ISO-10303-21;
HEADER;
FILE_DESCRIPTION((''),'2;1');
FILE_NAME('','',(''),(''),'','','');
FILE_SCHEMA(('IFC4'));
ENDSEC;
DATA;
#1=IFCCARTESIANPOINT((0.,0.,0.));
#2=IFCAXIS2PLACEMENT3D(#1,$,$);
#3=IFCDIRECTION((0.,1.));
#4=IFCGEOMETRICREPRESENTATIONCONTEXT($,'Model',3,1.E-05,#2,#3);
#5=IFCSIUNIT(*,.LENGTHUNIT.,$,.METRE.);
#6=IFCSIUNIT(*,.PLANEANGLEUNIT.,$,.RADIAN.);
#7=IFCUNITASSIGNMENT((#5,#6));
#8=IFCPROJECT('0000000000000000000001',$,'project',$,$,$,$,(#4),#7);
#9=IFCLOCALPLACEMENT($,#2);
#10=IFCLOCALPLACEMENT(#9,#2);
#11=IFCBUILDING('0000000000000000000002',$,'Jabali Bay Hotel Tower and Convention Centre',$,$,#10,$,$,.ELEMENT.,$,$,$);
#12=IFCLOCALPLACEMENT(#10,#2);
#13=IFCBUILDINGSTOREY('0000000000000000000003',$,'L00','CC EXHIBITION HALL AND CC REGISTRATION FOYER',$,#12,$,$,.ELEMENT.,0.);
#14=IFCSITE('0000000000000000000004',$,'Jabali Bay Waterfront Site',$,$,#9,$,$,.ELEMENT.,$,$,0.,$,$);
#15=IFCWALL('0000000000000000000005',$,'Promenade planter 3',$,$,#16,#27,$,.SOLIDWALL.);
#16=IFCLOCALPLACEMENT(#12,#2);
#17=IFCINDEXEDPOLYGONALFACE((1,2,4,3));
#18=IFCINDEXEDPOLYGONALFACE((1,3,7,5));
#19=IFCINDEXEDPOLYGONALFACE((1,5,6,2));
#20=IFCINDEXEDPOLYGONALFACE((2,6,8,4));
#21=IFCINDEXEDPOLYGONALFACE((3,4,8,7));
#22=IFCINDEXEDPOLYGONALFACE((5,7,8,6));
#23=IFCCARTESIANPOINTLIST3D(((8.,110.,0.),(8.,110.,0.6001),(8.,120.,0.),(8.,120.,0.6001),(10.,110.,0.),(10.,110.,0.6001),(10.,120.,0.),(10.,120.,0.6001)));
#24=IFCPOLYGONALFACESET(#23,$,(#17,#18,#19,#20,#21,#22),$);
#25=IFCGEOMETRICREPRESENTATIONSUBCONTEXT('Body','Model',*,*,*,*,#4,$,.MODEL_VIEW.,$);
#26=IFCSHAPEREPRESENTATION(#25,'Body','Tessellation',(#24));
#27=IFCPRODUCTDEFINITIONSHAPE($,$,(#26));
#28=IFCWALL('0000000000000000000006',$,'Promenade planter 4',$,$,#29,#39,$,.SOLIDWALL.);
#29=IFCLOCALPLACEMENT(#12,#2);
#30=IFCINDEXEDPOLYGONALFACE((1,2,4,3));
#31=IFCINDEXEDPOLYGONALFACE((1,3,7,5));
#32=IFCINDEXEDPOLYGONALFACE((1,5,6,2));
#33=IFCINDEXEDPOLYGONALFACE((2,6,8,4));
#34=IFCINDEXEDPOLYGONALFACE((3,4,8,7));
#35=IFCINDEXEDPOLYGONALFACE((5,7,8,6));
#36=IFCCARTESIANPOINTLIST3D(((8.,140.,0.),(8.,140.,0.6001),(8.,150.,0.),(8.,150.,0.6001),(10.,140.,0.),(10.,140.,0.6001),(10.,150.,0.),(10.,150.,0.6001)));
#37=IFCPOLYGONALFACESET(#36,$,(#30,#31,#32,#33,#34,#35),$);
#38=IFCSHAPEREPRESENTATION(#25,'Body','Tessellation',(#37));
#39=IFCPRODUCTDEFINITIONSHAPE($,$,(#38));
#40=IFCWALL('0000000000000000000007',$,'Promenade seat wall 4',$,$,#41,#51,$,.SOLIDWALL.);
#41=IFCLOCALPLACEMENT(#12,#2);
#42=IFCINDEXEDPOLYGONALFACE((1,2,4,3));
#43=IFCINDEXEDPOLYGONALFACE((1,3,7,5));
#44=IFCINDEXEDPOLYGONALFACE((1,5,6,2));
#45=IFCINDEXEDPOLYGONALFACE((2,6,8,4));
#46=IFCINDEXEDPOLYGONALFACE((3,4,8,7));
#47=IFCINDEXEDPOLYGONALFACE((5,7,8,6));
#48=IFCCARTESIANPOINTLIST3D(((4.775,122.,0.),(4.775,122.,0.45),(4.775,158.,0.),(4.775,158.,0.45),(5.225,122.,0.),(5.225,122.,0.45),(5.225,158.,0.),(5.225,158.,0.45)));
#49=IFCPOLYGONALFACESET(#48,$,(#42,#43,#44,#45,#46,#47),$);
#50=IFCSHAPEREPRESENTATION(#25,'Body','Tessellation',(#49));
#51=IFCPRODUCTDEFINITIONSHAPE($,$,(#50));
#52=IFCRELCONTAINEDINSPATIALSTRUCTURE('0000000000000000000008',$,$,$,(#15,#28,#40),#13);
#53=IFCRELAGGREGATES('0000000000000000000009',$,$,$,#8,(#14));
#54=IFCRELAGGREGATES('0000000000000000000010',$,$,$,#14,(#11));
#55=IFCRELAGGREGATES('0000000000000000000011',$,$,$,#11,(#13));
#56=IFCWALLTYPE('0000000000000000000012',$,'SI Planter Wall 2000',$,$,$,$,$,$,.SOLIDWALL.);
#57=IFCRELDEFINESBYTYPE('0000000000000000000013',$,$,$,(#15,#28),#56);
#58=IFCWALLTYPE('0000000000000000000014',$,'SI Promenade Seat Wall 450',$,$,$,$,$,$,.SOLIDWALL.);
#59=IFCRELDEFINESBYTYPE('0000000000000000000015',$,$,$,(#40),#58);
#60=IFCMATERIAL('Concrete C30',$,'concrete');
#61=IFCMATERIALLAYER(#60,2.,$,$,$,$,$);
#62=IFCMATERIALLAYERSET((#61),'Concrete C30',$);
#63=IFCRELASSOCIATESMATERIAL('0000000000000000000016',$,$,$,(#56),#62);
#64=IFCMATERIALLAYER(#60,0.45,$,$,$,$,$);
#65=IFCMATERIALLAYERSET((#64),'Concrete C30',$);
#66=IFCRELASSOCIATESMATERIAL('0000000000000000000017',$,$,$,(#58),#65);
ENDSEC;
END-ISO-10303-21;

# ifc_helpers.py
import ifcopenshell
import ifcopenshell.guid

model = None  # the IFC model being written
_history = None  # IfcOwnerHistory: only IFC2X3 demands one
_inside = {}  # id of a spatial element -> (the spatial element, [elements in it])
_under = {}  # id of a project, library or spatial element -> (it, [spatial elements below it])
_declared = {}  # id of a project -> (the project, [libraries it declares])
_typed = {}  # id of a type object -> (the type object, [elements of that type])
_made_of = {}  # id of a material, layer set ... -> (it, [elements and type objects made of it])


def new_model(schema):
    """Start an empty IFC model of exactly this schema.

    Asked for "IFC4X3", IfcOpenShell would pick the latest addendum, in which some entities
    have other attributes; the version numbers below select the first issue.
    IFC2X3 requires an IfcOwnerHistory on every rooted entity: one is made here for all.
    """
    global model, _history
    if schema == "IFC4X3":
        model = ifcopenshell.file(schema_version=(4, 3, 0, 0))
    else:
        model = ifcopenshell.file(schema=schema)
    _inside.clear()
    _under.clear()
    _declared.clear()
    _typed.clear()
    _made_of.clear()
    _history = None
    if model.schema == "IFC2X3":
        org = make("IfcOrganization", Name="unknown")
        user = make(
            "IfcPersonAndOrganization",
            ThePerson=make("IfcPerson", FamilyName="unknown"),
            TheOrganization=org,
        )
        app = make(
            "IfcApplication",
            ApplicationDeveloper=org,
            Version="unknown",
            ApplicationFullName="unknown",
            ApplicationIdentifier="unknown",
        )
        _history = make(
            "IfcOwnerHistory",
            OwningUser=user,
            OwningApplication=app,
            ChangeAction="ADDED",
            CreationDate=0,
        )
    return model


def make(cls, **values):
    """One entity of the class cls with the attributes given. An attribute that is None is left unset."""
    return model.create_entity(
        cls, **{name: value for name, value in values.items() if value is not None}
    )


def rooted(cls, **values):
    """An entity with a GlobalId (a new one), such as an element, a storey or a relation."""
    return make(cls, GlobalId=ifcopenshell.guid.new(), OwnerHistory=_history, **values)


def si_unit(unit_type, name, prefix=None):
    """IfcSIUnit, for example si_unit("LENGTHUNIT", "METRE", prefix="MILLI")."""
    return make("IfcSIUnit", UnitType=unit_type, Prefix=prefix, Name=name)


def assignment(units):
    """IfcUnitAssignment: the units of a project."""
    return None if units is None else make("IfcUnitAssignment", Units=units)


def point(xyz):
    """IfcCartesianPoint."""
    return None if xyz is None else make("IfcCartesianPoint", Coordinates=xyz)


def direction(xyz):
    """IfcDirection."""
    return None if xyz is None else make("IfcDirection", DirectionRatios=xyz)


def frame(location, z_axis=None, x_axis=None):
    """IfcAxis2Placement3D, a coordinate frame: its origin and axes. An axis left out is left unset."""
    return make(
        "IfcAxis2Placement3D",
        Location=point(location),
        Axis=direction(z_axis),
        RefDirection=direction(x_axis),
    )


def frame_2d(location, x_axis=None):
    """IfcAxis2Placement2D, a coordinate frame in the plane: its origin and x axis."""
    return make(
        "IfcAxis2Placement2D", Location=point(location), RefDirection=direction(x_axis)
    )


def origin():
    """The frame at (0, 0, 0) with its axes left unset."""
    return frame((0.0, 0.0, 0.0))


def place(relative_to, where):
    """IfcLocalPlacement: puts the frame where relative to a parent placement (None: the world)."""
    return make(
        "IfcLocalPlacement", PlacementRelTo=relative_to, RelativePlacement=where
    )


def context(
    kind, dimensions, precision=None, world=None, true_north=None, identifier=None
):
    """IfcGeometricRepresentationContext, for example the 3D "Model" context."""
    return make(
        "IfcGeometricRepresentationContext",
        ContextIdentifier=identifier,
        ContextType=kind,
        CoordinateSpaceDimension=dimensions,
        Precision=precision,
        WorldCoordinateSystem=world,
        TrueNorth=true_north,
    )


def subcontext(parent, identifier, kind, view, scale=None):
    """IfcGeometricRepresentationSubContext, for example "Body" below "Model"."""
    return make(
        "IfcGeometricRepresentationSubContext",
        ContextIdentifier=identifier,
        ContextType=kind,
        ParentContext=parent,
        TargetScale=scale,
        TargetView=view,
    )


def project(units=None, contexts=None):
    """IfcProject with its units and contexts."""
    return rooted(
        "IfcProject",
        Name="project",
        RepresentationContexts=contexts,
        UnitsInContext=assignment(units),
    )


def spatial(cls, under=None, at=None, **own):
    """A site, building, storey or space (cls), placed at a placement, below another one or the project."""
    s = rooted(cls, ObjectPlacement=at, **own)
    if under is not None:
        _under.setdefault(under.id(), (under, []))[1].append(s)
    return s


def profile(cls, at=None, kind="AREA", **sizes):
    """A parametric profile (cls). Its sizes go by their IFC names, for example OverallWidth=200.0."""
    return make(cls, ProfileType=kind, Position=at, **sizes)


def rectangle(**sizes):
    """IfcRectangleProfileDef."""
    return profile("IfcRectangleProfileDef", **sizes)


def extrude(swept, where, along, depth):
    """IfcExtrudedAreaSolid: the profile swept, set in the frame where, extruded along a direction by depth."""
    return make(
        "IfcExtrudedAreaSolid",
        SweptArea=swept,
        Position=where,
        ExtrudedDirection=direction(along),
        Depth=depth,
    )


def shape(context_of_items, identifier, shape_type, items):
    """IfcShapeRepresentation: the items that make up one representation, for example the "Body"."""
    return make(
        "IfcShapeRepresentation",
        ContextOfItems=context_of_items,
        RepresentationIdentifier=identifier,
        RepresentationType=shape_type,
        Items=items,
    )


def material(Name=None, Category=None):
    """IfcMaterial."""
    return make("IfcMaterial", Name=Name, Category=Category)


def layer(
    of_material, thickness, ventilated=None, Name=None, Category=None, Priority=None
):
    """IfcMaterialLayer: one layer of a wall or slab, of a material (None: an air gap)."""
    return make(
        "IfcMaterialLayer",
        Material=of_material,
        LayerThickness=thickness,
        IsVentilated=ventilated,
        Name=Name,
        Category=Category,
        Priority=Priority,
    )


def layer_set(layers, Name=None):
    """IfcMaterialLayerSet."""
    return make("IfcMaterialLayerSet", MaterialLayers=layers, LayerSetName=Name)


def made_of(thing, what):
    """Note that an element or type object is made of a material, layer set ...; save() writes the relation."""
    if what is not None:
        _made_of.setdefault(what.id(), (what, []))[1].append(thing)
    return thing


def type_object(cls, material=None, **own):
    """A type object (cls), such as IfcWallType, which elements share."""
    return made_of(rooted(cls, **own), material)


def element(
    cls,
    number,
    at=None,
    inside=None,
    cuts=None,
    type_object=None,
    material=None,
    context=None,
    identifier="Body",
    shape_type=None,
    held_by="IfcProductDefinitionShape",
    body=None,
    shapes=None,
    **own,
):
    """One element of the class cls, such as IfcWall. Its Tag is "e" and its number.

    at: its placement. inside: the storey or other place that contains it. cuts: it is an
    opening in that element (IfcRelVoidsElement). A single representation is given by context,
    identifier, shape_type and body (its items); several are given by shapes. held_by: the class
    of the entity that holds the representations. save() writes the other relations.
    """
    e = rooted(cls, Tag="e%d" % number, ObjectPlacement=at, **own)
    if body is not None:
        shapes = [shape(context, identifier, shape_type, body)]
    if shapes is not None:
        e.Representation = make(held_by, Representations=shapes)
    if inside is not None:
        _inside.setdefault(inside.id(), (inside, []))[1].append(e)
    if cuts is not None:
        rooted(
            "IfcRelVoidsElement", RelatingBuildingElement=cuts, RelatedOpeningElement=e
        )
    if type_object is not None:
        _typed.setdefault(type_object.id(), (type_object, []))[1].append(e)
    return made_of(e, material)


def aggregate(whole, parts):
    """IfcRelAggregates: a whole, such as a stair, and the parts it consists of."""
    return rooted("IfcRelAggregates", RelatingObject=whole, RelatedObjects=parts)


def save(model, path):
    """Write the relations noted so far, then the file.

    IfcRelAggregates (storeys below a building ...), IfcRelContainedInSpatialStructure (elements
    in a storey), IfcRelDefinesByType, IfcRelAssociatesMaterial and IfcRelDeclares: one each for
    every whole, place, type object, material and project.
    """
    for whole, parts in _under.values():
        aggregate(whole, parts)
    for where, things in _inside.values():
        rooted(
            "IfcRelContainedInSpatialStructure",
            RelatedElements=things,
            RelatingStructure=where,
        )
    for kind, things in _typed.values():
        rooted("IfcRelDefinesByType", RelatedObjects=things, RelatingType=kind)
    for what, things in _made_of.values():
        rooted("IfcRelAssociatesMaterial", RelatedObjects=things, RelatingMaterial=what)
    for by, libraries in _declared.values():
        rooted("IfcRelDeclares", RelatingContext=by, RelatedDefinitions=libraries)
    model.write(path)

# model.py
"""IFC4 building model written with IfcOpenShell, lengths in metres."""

from ifc_helpers import new_model, si_unit, direction, frame, frame_2d, origin, place, context, subcontext, project, spatial, rectangle, extrude, material, layer, layer_set, type_object, element, save


model = new_model("IFC4")

# Units and contexts
model_context = context("Model", 3, precision=1e-05, world=origin(), true_north=direction((0.0, 1.0)))
body_context = subcontext(model_context, "Body", "Model", "MODEL_VIEW")
ifc_project = project(units=[si_unit("LENGTHUNIT", "METRE"), si_unit("PLANEANGLEUNIT", "RADIAN")], contexts=[model_context])

# Site, building, storey
site_placement = place(None, origin())
site = spatial("IfcSite", under=ifc_project, at=site_placement, Name="Jabali Bay Waterfront Site", CompositionType="ELEMENT", RefElevation=0.0)
building_placement = place(site_placement, origin())
building = spatial("IfcBuilding", under=site, at=building_placement, Name="Jabali Bay Hotel Tower and Convention Centre", CompositionType="ELEMENT")
storey_placement = place(building_placement, origin())
storey = spatial("IfcBuildingStorey", under=building, at=storey_placement, Name="L00", Description="CC EXHIBITION HALL AND CC REGISTRATION FOYER", CompositionType="ELEMENT", Elevation=0.0)

# Walls
ifc_material_1 = material(Name="Concrete C30", Category="concrete")
ifc_layer_1 = layer(ifc_material_1, 2.0)
ifc_layer_set_1 = layer_set([ifc_layer_1], Name="Concrete C30")
wall_type_1 = type_object("IfcWallType", Name="SI Planter Wall 2000", PredefinedType="SOLIDWALL", material=ifc_layer_set_1)
for number, where, z_axis, x_axis, name in (
    (1, (9.0, 110.0, 0.0), (0.0, 0.0, 1.0), (0.0, 1.0, 0.0), "Promenade planter 3"),
    (2, (9.0, 140.0, 0.0), (0.0, 0.0, 1.0), (0.0, 1.0, 0.0), "Promenade planter 4"),
):
    element("IfcWall", number, at=place(storey_placement, frame(where, z_axis=z_axis, x_axis=x_axis)), inside=storey, type_object=wall_type_1, Name=name, PredefinedType="SOLIDWALL", context=body_context, shape_type="SweptSolid", body=[
        extrude(rectangle(XDim=10.0, YDim=2.0, at=frame_2d((5.0, 0.0))), origin(), (0.0, 0.0, 1.0), 0.6001),
    ])
ifc_layer_2 = layer(ifc_material_1, 0.45)
ifc_layer_set_2 = layer_set([ifc_layer_2], Name="Concrete C30")
wall_type_2 = type_object("IfcWallType", Name="SI Promenade Seat Wall 450", PredefinedType="SOLIDWALL", material=ifc_layer_set_2)
wall_1_placement = place(storey_placement, frame((5.0, 122.0, 0.0), z_axis=(0.0, 0.0, 1.0), x_axis=(0.0, 1.0, 0.0)))
element("IfcWall", 3, at=wall_1_placement, inside=storey, type_object=wall_type_2, Name="Promenade seat wall 4", PredefinedType="SOLIDWALL", context=body_context, shape_type="SweptSolid", body=[
    extrude(rectangle(XDim=36.0, YDim=0.45, at=frame_2d((18.0, 0.0))), origin(), (0.0, 0.0, 1.0), 0.45),
])

save(model, "model.ifc")
